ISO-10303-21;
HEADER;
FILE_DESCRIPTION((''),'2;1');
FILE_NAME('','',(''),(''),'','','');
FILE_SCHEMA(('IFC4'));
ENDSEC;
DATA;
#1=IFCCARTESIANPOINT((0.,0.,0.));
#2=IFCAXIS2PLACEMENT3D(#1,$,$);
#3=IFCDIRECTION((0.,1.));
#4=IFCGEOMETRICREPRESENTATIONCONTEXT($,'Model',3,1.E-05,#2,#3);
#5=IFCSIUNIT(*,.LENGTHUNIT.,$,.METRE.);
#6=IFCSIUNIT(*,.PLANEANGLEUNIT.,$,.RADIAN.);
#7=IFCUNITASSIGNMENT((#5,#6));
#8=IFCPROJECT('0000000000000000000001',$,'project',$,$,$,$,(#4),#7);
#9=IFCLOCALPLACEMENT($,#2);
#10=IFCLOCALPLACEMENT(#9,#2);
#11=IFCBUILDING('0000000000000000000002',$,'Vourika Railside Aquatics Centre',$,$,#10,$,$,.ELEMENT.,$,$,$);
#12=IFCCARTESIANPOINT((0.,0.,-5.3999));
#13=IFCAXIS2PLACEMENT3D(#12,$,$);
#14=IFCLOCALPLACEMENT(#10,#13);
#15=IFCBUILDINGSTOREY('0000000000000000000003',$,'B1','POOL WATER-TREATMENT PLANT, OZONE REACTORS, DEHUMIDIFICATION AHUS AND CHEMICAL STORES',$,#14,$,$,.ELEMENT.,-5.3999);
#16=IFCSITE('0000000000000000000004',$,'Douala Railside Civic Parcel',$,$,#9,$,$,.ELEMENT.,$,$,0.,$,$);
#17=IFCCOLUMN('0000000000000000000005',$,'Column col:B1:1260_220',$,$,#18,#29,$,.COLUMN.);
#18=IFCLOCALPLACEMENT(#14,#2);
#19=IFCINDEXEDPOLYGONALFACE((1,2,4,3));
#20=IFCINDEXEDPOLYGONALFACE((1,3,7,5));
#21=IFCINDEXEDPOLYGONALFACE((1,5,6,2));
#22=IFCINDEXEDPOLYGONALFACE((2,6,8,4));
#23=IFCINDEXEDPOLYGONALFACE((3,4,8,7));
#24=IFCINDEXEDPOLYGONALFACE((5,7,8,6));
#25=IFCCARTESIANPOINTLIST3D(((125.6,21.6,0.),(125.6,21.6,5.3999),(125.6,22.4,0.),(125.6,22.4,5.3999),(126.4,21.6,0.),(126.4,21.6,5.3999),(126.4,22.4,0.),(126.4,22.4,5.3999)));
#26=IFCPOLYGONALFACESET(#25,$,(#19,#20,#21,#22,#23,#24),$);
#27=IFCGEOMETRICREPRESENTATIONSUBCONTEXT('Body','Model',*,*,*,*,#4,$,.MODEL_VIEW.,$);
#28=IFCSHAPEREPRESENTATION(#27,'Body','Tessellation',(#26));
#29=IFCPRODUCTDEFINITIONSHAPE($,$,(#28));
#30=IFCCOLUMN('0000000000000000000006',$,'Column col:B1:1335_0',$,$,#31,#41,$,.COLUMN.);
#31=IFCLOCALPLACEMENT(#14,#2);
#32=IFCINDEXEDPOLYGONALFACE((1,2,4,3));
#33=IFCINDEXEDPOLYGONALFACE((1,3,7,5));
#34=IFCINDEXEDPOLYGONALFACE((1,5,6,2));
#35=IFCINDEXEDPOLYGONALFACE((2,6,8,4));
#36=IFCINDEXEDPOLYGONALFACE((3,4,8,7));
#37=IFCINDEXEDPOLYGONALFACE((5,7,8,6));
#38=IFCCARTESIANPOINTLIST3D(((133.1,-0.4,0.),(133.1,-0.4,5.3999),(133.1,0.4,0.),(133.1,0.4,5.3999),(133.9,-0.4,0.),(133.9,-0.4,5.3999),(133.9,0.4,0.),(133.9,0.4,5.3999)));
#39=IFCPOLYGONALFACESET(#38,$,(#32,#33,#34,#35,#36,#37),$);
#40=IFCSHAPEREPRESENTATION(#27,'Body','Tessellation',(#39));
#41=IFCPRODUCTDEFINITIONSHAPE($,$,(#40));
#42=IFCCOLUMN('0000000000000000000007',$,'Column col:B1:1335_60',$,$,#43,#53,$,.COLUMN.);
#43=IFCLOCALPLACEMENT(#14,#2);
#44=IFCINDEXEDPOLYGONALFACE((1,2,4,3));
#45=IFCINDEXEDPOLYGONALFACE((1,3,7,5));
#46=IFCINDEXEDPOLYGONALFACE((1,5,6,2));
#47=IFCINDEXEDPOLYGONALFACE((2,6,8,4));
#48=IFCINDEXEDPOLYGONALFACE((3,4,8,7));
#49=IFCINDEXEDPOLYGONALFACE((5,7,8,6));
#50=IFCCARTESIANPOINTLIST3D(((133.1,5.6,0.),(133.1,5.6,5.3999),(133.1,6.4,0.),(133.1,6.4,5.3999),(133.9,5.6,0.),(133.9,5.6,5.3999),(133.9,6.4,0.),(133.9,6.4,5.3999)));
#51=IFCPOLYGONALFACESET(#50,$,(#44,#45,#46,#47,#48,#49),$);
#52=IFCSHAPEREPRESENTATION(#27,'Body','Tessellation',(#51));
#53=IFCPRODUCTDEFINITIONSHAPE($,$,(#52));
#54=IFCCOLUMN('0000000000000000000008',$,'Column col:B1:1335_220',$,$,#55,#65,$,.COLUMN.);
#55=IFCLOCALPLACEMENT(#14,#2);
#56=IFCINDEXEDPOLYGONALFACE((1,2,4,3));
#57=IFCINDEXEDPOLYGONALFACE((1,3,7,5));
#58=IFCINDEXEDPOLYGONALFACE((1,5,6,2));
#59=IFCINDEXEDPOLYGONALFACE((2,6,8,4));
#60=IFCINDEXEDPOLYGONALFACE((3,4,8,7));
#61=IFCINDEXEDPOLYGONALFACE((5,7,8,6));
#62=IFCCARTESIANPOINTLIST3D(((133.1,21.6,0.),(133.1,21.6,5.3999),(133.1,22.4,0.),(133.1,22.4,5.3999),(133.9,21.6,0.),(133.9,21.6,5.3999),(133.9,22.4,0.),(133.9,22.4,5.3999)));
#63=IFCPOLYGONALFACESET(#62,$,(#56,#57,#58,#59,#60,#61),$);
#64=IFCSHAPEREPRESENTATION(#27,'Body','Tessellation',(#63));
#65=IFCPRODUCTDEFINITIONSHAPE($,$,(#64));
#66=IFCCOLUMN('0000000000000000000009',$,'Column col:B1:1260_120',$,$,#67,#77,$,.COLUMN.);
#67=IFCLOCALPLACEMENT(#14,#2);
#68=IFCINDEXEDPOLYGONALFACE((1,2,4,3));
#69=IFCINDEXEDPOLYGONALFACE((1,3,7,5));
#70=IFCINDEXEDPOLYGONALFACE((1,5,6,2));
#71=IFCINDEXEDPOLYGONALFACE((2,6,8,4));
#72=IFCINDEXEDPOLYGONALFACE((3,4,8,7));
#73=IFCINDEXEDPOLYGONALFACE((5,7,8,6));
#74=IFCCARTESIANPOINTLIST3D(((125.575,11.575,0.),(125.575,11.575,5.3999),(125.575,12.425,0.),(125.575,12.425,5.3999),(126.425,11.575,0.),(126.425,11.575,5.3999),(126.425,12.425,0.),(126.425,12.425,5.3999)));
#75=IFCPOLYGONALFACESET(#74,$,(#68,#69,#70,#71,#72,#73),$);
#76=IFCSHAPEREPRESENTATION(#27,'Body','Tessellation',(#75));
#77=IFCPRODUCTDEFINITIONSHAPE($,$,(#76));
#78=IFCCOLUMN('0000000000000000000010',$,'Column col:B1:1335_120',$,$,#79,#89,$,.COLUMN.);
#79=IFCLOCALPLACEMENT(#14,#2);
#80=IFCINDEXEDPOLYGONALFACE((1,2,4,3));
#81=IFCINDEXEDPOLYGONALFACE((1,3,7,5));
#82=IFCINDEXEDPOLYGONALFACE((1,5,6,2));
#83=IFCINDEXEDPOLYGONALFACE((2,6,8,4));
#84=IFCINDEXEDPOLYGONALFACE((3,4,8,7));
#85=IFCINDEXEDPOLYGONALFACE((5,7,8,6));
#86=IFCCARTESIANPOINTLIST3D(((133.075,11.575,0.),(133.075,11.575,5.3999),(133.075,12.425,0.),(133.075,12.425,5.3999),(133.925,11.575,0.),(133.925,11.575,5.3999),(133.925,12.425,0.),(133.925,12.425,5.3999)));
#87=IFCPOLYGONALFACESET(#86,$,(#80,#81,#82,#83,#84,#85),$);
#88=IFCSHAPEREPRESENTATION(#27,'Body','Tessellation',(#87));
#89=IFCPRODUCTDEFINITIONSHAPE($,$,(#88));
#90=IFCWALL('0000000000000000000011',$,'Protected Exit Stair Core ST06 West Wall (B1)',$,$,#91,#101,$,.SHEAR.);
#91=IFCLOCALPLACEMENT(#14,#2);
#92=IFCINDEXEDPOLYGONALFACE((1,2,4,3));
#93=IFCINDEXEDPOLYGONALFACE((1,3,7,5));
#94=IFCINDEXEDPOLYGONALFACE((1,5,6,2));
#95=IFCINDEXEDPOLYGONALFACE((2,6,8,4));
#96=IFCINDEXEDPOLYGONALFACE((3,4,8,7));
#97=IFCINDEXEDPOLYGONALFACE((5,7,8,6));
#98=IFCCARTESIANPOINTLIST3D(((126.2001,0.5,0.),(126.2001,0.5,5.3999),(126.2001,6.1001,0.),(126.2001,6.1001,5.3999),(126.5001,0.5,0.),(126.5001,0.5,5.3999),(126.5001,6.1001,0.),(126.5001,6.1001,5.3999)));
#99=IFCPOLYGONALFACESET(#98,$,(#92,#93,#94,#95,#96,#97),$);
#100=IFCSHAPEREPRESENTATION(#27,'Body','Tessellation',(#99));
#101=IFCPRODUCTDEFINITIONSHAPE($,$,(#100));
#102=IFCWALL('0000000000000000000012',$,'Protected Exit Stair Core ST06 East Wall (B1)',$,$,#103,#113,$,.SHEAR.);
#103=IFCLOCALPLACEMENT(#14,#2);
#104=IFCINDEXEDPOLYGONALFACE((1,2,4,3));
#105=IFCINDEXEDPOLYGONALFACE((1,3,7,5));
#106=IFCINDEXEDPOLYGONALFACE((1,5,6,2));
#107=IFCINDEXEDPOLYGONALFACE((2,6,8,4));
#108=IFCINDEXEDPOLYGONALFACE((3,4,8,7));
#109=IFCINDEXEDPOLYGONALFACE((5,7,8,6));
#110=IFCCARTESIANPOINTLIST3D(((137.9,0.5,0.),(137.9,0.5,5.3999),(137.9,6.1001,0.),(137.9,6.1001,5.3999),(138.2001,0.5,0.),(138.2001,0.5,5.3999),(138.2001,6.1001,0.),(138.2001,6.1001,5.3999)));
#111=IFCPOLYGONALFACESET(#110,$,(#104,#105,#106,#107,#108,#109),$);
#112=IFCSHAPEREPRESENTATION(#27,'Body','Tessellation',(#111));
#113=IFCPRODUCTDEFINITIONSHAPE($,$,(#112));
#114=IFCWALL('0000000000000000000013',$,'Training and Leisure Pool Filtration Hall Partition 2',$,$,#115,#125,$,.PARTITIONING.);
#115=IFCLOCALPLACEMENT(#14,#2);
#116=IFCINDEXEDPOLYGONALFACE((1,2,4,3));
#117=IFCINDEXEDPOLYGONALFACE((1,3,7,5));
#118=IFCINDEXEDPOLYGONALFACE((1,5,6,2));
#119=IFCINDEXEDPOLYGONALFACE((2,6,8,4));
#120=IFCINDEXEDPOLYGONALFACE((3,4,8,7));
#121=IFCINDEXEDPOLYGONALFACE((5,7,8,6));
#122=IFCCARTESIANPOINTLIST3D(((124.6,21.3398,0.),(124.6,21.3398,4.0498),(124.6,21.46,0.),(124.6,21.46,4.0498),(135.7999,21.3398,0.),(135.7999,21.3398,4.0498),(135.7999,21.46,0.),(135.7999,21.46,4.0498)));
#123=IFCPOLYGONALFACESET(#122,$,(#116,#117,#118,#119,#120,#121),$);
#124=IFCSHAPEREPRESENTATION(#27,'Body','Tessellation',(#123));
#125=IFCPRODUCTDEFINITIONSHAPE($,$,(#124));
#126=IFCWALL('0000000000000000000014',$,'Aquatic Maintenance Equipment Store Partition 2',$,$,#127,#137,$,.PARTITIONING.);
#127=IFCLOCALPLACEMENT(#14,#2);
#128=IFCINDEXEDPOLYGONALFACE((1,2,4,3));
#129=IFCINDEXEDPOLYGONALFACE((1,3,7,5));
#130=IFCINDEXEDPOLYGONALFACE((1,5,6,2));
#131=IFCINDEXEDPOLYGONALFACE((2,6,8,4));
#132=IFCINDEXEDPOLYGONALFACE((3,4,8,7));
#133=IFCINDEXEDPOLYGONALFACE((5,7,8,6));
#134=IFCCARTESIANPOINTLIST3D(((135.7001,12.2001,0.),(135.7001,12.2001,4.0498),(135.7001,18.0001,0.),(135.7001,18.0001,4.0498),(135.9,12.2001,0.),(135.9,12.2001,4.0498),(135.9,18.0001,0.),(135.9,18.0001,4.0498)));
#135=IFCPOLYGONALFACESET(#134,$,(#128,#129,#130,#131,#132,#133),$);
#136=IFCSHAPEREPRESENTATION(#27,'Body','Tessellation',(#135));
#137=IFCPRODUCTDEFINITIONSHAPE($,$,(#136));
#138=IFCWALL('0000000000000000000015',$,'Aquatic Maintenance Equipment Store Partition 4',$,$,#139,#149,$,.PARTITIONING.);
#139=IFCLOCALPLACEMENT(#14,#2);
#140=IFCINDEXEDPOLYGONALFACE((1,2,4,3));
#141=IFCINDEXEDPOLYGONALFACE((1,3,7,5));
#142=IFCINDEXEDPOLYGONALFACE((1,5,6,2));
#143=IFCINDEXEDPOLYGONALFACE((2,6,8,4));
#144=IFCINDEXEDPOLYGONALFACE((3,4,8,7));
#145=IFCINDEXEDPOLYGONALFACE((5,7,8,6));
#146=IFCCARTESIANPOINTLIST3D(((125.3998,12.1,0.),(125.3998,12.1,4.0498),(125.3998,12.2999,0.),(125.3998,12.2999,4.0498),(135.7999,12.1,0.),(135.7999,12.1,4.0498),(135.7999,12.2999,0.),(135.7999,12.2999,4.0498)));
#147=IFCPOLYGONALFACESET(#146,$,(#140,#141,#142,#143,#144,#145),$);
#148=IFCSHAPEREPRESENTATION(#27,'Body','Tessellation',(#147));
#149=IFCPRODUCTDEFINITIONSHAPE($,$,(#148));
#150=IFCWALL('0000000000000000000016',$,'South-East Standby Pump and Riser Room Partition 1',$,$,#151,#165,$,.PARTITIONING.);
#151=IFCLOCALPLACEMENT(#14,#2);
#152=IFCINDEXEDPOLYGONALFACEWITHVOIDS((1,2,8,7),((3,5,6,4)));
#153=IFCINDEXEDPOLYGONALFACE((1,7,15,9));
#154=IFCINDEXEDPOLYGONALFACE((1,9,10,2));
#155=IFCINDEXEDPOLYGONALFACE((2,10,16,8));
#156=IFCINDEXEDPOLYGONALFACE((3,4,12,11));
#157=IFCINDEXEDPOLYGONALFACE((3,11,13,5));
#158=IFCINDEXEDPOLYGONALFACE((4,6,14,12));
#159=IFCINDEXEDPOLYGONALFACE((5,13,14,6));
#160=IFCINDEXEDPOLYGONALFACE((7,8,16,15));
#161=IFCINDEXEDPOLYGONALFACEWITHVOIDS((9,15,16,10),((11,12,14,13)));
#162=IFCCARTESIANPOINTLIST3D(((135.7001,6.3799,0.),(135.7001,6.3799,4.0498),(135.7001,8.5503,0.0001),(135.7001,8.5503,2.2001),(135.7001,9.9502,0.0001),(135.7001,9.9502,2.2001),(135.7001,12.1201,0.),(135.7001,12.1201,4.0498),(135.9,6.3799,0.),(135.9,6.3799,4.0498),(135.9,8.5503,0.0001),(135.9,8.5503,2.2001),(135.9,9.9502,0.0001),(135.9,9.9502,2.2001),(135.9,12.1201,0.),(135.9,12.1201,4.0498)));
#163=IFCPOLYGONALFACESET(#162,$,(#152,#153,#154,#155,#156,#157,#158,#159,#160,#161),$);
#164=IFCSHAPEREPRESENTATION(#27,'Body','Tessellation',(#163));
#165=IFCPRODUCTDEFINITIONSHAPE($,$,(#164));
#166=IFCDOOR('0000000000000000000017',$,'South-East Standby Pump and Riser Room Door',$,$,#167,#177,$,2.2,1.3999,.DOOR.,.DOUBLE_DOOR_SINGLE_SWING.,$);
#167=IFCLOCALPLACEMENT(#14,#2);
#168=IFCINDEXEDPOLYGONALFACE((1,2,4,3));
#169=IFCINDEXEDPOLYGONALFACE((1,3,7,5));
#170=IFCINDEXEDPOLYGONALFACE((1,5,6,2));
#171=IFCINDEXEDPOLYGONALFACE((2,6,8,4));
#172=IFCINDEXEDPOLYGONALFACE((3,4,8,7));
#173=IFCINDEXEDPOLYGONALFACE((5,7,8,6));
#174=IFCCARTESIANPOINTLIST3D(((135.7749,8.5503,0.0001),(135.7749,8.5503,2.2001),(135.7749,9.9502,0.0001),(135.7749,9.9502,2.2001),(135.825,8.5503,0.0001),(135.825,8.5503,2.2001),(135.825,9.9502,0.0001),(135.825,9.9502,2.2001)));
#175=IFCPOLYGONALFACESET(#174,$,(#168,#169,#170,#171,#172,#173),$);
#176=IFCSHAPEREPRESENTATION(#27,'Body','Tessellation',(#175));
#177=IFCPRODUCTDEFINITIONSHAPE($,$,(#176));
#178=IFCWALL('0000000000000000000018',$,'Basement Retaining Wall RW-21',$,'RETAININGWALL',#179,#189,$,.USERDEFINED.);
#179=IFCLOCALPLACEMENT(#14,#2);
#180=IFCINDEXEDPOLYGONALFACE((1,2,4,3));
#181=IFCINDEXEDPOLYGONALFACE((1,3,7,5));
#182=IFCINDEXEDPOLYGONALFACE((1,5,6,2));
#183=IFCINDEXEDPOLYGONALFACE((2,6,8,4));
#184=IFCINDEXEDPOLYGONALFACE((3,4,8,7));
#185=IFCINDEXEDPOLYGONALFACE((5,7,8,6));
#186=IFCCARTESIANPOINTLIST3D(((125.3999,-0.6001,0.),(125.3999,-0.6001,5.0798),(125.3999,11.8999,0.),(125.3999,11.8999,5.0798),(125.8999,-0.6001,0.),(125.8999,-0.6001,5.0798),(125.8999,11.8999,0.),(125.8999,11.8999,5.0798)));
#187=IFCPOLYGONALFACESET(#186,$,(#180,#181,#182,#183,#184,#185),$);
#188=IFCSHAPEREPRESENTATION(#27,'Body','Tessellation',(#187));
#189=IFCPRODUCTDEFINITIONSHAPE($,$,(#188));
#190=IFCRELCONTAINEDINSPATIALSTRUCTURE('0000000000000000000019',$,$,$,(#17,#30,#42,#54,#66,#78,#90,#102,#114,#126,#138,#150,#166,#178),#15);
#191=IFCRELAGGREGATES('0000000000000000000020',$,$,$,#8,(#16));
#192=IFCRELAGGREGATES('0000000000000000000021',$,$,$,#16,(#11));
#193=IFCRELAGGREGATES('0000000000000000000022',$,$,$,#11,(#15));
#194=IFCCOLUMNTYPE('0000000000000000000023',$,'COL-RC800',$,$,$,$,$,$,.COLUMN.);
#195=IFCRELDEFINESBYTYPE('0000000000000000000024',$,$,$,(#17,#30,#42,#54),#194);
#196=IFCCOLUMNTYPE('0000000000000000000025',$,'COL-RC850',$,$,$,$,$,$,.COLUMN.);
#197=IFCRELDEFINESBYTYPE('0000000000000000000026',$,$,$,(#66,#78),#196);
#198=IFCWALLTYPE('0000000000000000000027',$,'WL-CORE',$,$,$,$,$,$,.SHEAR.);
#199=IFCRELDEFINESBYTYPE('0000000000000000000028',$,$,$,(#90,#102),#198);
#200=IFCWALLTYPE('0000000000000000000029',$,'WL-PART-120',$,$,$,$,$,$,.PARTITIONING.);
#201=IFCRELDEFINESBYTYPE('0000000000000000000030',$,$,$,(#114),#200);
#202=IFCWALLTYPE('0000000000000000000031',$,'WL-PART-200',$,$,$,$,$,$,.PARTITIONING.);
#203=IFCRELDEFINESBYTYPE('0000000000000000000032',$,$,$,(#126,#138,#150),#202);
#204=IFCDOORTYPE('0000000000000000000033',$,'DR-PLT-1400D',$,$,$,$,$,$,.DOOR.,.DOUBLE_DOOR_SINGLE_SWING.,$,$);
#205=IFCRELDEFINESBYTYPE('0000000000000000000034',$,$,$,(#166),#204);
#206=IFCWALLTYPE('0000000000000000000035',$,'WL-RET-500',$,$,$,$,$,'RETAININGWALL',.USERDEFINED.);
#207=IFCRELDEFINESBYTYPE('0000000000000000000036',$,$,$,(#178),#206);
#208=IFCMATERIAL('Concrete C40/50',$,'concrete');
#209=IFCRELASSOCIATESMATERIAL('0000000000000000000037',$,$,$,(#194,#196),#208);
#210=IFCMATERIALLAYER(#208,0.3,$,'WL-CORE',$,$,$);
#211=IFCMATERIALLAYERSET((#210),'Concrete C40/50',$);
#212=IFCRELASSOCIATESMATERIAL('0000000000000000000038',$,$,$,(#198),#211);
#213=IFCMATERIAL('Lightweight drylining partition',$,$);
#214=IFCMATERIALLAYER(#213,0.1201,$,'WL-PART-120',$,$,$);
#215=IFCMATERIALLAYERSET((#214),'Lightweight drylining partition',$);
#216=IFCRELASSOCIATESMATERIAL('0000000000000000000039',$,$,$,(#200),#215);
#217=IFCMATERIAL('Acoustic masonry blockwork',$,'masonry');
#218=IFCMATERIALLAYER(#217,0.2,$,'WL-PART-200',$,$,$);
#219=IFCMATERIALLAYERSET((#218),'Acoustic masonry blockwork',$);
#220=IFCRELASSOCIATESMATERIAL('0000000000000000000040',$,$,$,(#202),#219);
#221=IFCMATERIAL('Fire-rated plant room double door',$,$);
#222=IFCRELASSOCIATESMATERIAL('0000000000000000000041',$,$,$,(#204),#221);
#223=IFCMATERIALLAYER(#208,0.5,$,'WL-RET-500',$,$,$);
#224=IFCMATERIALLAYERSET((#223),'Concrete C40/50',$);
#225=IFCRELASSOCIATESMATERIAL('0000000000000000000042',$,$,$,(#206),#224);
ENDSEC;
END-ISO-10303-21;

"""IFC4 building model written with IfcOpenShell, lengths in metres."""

from ifc_helpers import new_model, si_unit, direction, frame, frame_2d, origin, origin_2d, place, context, subcontext, project, spatial, rectangle, extrude, material, layer, layer_set, material_profile, profile_set, type_object, element, fill, save


model = new_model("IFC4")

# Units and contexts
model_context = context("Model", 3, precision=1e-05, world=origin(), true_north=direction((0.0, 1.0)))
body_context = subcontext(model_context, "Body", "Model", "MODEL_VIEW")
ifc_project = project(units=[si_unit("LENGTHUNIT", "METRE"), si_unit("PLANEANGLEUNIT", "RADIAN")], contexts=[model_context])

# Site, building, storey
site_placement = place(None, origin())
site = spatial("IfcSite", under=ifc_project, at=site_placement, Name="Douala Railside Civic Parcel", CompositionType="ELEMENT", RefElevation=0.0)
building_placement = place(site_placement, origin())
building = spatial("IfcBuilding", under=site, at=building_placement, Name="Vourika Railside Aquatics Centre", CompositionType="ELEMENT")
storey_placement = place(building_placement, frame((0.0, 0.0, -5.3999)))
storey = spatial("IfcBuildingStorey", under=building, at=storey_placement, Name="B1", Description="POOL WATER-TREATMENT PLANT, OZONE REACTORS, DEHUMIDIFICATION AHUS AND CHEMICAL STORES", CompositionType="ELEMENT", Elevation=-5.3999)

# Shared definitions
ifc_material_1 = material(Name="Concrete C40/50", Category="concrete")

# Columns
ifc_material_profile_1 = material_profile(ifc_material_1, rectangle(XDim=0.8, YDim=0.8, at=origin_2d()), Name="RC 800x800")
ifc_profile_set_1 = profile_set([ifc_material_profile_1], Name="Concrete C40/50")
column_type_1 = type_object("IfcColumnType", Name="COL-RC800", PredefinedType="COLUMN", material=ifc_profile_set_1)
for number, where, z_axis, x_axis, name in (
    (1, (126.0, 22.0, 0.0), (0.0, 0.0, 1.0), (1.0, 0.0, 0.0), "Column col:B1:1260_220"),
    (2, (133.5, 0.0, 0.0), (0.0, 0.0, 1.0), (1.0, 0.0, 0.0), "Column col:B1:1335_0"),
    (3, (133.5, 6.0, 0.0), (0.0, 0.0, 1.0), (1.0, 0.0, 0.0), "Column col:B1:1335_60"),
    (4, (133.5, 22.0, 0.0), (0.0, 0.0, 1.0), (1.0, 0.0, 0.0), "Column col:B1:1335_220"),
):
    element("IfcColumn", number, at=place(storey_placement, frame(where, z_axis=z_axis, x_axis=x_axis)), inside=storey, type_object=column_type_1, Name=name, PredefinedType="COLUMN", context=body_context, shape_type="SweptSolid", body=[
        extrude(rectangle(XDim=0.8, YDim=0.8, at=origin_2d()), origin(), (0.0, 0.0, 1.0), 5.3999),
    ])
ifc_material_profile_2 = material_profile(ifc_material_1, rectangle(XDim=0.8501, YDim=0.8501, at=origin_2d()), Name="RC 850x850")
ifc_profile_set_2 = profile_set([ifc_material_profile_2], Name="Concrete C40/50")
column_type_2 = type_object("IfcColumnType", Name="COL-RC850", PredefinedType="COLUMN", material=ifc_profile_set_2)
for number, where, z_axis, x_axis, name in (
    (5, (126.0, 12.0, 0.0), (0.0, 0.0, 1.0), (1.0, 0.0, 0.0), "Column col:B1:1260_120"),
    (6, (133.5, 12.0, 0.0), (0.0, 0.0, 1.0), (1.0, 0.0, 0.0), "Column col:B1:1335_120"),
):
    element("IfcColumn", number, at=place(storey_placement, frame(where, z_axis=z_axis, x_axis=x_axis)), inside=storey, type_object=column_type_2, Name=name, PredefinedType="COLUMN", context=body_context, shape_type="SweptSolid", body=[
        extrude(rectangle(XDim=0.8501, YDim=0.8501, at=origin_2d()), origin(), (0.0, 0.0, 1.0), 5.3999),
    ])

# Walls
ifc_layer_1 = layer(ifc_material_1, 0.3, Name="WL-CORE")
ifc_layer_set_1 = layer_set([ifc_layer_1], Name="Concrete C40/50")
wall_type_1 = type_object("IfcWallType", Name="WL-CORE", PredefinedType="SHEAR", material=ifc_layer_set_1)
for number, where, z_axis, x_axis, name in (
    (7, (126.3501, 6.1001, 0.0), (0.0, 0.0, 1.0), (0.0, -1.0, 0.0), "Protected Exit Stair Core ST06 West Wall (B1)"),
    (8, (138.05, 0.5, 0.0), (0.0, 0.0, 1.0), (0.0, 1.0, 0.0), "Protected Exit Stair Core ST06 East Wall (B1)"),
):
    element("IfcWall", number, at=place(storey_placement, frame(where, z_axis=z_axis, x_axis=x_axis)), inside=storey, type_object=wall_type_1, Name=name, PredefinedType="SHEAR", context=body_context, shape_type="SweptSolid", body=[
        extrude(rectangle(XDim=5.6001, YDim=0.3, at=frame_2d((2.8, 0.0))), origin(), (0.0, 0.0, 1.0), 5.3999),
    ])
ifc_material_2 = material(Name="Lightweight drylining partition")
ifc_layer_2 = layer(ifc_material_2, 0.1201, Name="WL-PART-120")
ifc_layer_set_2 = layer_set([ifc_layer_2], Name="Lightweight drylining partition")
wall_type_2 = type_object("IfcWallType", Name="WL-PART-120", PredefinedType="PARTITIONING", material=ifc_layer_set_2)
wall_1_placement = place(storey_placement, frame((135.8, 21.3999, 0.0), z_axis=(0.0, 0.0, 1.0), x_axis=(-1.0, 0.0, 0.0)))
element("IfcWall", 9, at=wall_1_placement, inside=storey, type_object=wall_type_2, Name="Training and Leisure Pool Filtration Hall Partition 2", PredefinedType="PARTITIONING", context=body_context, shape_type="SweptSolid", body=[
    extrude(rectangle(XDim=11.2, YDim=0.1201, at=frame_2d((5.6001, 0.0))), origin(), (0.0, 0.0, 1.0), 4.0498),
])
ifc_material_3 = material(Name="Acoustic masonry blockwork", Category="masonry")
ifc_layer_3 = layer(ifc_material_3, 0.2, Name="WL-PART-200")
ifc_layer_set_3 = layer_set([ifc_layer_3], Name="Acoustic masonry blockwork")
wall_type_3 = type_object("IfcWallType", Name="WL-PART-200", PredefinedType="PARTITIONING", material=ifc_layer_set_3)
wall_2_placement = place(storey_placement, frame((135.8, 18.0, 0.0), z_axis=(0.0, 0.0, 1.0), x_axis=(0.0, -1.0, 0.0)))
element("IfcWall", 10, at=wall_2_placement, inside=storey, type_object=wall_type_3, Name="Aquatic Maintenance Equipment Store Partition 2", PredefinedType="PARTITIONING", context=body_context, shape_type="SweptSolid", body=[
    extrude(rectangle(XDim=5.8, YDim=0.2, at=frame_2d((2.8999, 0.0))), origin(), (0.0, 0.0, 1.0), 4.0498),
])
wall_3_placement = place(storey_placement, frame((135.8, 12.2, 0.0), z_axis=(0.0, 0.0, 1.0), x_axis=(-1.0, 0.0, 0.0)))
element("IfcWall", 11, at=wall_3_placement, inside=storey, type_object=wall_type_3, Name="Aquatic Maintenance Equipment Store Partition 4", PredefinedType="PARTITIONING", context=body_context, shape_type="SweptSolid", body=[
    extrude(rectangle(XDim=10.4001, YDim=0.2, at=frame_2d((5.2002, 0.0))), origin(), (0.0, 0.0, 1.0), 4.0498),
])

# Wall, opening, door
wall_4_placement = place(storey_placement, frame((135.8, 12.1201, 0.0), z_axis=(0.0, 0.0, 1.0), x_axis=(0.0, -1.0, 0.0)))
wall_4 = element("IfcWall", 12, at=wall_4_placement, inside=storey, type_object=wall_type_3, Name="South-East Standby Pump and Riser Room Partition 1", PredefinedType="PARTITIONING", context=body_context, shape_type="SweptSolid", body=[
    extrude(rectangle(XDim=5.7402, YDim=0.2, at=frame_2d((2.8701, 0.0))), origin(), (0.0, 0.0, 1.0), 4.0498),
])
opening_placement = place(wall_4_placement, frame((2.1699, 0.0, 0.0)))
opening = element("IfcOpeningElement", 13, at=opening_placement, cuts=wall_4, PredefinedType="OPENING", context=body_context, shape_type="SweptSolid", body=[
    extrude(rectangle(XDim=1.3999, YDim=2.2, at=frame_2d((0.7, 1.1001))), frame((0.0, 0.1099, 0.0), z_axis=(0.0, -1.0, 0.0), x_axis=(1.0, 0.0, 0.0)), (0.0, 0.0, 1.0), 0.22),
])
ifc_material_4 = material(Name="Fire-rated plant room double door")
door_type = type_object("IfcDoorType", Name="DR-PLT-1400D", OperationType="DOUBLE_DOOR_SINGLE_SWING", PredefinedType="DOOR", material=ifc_material_4)
door_placement = place(opening_placement, origin())
door = element("IfcDoor", 14, at=door_placement, inside=storey, type_object=door_type, Name="South-East Standby Pump and Riser Room Door", OperationType="DOUBLE_DOOR_SINGLE_SWING", OverallHeight=2.2, OverallWidth=1.3999, PredefinedType="DOOR", context=body_context, shape_type="SweptSolid", body=[
    extrude(rectangle(XDim=1.3999, YDim=2.2, at=frame_2d((0.7, 1.1001))), frame((0.0, 0.0249, 0.0), z_axis=(0.0, -1.0, 0.0), x_axis=(1.0, 0.0, 0.0)), (0.0, 0.0, 1.0), 0.05),
])
fill(opening, door)

# Wall
ifc_layer_4 = layer(ifc_material_1, 0.5, Name="WL-RET-500")
ifc_layer_set_4 = layer_set([ifc_layer_4], Name="Concrete C40/50")
wall_type_4 = type_object("IfcWallType", Name="WL-RET-500", ElementType="RETAININGWALL", PredefinedType="USERDEFINED", material=ifc_layer_set_4)
wall_5_placement = place(storey_placement, frame((125.6499, -0.6001, 0.0), z_axis=(0.0, 0.0, 1.0), x_axis=(0.0, 1.0, 0.0)))
element("IfcWall", 15, at=wall_5_placement, inside=storey, type_object=wall_type_4, Name="Basement Retaining Wall RW-21", ObjectType="RETAININGWALL", PredefinedType="USERDEFINED", context=body_context, shape_type="SweptSolid", body=[
    extrude(rectangle(XDim=12.5, YDim=0.5, at=frame_2d((6.25, 0.0))), origin(), (0.0, 0.0, 1.0), 5.0798),
])

save(model, "model.ifc")
